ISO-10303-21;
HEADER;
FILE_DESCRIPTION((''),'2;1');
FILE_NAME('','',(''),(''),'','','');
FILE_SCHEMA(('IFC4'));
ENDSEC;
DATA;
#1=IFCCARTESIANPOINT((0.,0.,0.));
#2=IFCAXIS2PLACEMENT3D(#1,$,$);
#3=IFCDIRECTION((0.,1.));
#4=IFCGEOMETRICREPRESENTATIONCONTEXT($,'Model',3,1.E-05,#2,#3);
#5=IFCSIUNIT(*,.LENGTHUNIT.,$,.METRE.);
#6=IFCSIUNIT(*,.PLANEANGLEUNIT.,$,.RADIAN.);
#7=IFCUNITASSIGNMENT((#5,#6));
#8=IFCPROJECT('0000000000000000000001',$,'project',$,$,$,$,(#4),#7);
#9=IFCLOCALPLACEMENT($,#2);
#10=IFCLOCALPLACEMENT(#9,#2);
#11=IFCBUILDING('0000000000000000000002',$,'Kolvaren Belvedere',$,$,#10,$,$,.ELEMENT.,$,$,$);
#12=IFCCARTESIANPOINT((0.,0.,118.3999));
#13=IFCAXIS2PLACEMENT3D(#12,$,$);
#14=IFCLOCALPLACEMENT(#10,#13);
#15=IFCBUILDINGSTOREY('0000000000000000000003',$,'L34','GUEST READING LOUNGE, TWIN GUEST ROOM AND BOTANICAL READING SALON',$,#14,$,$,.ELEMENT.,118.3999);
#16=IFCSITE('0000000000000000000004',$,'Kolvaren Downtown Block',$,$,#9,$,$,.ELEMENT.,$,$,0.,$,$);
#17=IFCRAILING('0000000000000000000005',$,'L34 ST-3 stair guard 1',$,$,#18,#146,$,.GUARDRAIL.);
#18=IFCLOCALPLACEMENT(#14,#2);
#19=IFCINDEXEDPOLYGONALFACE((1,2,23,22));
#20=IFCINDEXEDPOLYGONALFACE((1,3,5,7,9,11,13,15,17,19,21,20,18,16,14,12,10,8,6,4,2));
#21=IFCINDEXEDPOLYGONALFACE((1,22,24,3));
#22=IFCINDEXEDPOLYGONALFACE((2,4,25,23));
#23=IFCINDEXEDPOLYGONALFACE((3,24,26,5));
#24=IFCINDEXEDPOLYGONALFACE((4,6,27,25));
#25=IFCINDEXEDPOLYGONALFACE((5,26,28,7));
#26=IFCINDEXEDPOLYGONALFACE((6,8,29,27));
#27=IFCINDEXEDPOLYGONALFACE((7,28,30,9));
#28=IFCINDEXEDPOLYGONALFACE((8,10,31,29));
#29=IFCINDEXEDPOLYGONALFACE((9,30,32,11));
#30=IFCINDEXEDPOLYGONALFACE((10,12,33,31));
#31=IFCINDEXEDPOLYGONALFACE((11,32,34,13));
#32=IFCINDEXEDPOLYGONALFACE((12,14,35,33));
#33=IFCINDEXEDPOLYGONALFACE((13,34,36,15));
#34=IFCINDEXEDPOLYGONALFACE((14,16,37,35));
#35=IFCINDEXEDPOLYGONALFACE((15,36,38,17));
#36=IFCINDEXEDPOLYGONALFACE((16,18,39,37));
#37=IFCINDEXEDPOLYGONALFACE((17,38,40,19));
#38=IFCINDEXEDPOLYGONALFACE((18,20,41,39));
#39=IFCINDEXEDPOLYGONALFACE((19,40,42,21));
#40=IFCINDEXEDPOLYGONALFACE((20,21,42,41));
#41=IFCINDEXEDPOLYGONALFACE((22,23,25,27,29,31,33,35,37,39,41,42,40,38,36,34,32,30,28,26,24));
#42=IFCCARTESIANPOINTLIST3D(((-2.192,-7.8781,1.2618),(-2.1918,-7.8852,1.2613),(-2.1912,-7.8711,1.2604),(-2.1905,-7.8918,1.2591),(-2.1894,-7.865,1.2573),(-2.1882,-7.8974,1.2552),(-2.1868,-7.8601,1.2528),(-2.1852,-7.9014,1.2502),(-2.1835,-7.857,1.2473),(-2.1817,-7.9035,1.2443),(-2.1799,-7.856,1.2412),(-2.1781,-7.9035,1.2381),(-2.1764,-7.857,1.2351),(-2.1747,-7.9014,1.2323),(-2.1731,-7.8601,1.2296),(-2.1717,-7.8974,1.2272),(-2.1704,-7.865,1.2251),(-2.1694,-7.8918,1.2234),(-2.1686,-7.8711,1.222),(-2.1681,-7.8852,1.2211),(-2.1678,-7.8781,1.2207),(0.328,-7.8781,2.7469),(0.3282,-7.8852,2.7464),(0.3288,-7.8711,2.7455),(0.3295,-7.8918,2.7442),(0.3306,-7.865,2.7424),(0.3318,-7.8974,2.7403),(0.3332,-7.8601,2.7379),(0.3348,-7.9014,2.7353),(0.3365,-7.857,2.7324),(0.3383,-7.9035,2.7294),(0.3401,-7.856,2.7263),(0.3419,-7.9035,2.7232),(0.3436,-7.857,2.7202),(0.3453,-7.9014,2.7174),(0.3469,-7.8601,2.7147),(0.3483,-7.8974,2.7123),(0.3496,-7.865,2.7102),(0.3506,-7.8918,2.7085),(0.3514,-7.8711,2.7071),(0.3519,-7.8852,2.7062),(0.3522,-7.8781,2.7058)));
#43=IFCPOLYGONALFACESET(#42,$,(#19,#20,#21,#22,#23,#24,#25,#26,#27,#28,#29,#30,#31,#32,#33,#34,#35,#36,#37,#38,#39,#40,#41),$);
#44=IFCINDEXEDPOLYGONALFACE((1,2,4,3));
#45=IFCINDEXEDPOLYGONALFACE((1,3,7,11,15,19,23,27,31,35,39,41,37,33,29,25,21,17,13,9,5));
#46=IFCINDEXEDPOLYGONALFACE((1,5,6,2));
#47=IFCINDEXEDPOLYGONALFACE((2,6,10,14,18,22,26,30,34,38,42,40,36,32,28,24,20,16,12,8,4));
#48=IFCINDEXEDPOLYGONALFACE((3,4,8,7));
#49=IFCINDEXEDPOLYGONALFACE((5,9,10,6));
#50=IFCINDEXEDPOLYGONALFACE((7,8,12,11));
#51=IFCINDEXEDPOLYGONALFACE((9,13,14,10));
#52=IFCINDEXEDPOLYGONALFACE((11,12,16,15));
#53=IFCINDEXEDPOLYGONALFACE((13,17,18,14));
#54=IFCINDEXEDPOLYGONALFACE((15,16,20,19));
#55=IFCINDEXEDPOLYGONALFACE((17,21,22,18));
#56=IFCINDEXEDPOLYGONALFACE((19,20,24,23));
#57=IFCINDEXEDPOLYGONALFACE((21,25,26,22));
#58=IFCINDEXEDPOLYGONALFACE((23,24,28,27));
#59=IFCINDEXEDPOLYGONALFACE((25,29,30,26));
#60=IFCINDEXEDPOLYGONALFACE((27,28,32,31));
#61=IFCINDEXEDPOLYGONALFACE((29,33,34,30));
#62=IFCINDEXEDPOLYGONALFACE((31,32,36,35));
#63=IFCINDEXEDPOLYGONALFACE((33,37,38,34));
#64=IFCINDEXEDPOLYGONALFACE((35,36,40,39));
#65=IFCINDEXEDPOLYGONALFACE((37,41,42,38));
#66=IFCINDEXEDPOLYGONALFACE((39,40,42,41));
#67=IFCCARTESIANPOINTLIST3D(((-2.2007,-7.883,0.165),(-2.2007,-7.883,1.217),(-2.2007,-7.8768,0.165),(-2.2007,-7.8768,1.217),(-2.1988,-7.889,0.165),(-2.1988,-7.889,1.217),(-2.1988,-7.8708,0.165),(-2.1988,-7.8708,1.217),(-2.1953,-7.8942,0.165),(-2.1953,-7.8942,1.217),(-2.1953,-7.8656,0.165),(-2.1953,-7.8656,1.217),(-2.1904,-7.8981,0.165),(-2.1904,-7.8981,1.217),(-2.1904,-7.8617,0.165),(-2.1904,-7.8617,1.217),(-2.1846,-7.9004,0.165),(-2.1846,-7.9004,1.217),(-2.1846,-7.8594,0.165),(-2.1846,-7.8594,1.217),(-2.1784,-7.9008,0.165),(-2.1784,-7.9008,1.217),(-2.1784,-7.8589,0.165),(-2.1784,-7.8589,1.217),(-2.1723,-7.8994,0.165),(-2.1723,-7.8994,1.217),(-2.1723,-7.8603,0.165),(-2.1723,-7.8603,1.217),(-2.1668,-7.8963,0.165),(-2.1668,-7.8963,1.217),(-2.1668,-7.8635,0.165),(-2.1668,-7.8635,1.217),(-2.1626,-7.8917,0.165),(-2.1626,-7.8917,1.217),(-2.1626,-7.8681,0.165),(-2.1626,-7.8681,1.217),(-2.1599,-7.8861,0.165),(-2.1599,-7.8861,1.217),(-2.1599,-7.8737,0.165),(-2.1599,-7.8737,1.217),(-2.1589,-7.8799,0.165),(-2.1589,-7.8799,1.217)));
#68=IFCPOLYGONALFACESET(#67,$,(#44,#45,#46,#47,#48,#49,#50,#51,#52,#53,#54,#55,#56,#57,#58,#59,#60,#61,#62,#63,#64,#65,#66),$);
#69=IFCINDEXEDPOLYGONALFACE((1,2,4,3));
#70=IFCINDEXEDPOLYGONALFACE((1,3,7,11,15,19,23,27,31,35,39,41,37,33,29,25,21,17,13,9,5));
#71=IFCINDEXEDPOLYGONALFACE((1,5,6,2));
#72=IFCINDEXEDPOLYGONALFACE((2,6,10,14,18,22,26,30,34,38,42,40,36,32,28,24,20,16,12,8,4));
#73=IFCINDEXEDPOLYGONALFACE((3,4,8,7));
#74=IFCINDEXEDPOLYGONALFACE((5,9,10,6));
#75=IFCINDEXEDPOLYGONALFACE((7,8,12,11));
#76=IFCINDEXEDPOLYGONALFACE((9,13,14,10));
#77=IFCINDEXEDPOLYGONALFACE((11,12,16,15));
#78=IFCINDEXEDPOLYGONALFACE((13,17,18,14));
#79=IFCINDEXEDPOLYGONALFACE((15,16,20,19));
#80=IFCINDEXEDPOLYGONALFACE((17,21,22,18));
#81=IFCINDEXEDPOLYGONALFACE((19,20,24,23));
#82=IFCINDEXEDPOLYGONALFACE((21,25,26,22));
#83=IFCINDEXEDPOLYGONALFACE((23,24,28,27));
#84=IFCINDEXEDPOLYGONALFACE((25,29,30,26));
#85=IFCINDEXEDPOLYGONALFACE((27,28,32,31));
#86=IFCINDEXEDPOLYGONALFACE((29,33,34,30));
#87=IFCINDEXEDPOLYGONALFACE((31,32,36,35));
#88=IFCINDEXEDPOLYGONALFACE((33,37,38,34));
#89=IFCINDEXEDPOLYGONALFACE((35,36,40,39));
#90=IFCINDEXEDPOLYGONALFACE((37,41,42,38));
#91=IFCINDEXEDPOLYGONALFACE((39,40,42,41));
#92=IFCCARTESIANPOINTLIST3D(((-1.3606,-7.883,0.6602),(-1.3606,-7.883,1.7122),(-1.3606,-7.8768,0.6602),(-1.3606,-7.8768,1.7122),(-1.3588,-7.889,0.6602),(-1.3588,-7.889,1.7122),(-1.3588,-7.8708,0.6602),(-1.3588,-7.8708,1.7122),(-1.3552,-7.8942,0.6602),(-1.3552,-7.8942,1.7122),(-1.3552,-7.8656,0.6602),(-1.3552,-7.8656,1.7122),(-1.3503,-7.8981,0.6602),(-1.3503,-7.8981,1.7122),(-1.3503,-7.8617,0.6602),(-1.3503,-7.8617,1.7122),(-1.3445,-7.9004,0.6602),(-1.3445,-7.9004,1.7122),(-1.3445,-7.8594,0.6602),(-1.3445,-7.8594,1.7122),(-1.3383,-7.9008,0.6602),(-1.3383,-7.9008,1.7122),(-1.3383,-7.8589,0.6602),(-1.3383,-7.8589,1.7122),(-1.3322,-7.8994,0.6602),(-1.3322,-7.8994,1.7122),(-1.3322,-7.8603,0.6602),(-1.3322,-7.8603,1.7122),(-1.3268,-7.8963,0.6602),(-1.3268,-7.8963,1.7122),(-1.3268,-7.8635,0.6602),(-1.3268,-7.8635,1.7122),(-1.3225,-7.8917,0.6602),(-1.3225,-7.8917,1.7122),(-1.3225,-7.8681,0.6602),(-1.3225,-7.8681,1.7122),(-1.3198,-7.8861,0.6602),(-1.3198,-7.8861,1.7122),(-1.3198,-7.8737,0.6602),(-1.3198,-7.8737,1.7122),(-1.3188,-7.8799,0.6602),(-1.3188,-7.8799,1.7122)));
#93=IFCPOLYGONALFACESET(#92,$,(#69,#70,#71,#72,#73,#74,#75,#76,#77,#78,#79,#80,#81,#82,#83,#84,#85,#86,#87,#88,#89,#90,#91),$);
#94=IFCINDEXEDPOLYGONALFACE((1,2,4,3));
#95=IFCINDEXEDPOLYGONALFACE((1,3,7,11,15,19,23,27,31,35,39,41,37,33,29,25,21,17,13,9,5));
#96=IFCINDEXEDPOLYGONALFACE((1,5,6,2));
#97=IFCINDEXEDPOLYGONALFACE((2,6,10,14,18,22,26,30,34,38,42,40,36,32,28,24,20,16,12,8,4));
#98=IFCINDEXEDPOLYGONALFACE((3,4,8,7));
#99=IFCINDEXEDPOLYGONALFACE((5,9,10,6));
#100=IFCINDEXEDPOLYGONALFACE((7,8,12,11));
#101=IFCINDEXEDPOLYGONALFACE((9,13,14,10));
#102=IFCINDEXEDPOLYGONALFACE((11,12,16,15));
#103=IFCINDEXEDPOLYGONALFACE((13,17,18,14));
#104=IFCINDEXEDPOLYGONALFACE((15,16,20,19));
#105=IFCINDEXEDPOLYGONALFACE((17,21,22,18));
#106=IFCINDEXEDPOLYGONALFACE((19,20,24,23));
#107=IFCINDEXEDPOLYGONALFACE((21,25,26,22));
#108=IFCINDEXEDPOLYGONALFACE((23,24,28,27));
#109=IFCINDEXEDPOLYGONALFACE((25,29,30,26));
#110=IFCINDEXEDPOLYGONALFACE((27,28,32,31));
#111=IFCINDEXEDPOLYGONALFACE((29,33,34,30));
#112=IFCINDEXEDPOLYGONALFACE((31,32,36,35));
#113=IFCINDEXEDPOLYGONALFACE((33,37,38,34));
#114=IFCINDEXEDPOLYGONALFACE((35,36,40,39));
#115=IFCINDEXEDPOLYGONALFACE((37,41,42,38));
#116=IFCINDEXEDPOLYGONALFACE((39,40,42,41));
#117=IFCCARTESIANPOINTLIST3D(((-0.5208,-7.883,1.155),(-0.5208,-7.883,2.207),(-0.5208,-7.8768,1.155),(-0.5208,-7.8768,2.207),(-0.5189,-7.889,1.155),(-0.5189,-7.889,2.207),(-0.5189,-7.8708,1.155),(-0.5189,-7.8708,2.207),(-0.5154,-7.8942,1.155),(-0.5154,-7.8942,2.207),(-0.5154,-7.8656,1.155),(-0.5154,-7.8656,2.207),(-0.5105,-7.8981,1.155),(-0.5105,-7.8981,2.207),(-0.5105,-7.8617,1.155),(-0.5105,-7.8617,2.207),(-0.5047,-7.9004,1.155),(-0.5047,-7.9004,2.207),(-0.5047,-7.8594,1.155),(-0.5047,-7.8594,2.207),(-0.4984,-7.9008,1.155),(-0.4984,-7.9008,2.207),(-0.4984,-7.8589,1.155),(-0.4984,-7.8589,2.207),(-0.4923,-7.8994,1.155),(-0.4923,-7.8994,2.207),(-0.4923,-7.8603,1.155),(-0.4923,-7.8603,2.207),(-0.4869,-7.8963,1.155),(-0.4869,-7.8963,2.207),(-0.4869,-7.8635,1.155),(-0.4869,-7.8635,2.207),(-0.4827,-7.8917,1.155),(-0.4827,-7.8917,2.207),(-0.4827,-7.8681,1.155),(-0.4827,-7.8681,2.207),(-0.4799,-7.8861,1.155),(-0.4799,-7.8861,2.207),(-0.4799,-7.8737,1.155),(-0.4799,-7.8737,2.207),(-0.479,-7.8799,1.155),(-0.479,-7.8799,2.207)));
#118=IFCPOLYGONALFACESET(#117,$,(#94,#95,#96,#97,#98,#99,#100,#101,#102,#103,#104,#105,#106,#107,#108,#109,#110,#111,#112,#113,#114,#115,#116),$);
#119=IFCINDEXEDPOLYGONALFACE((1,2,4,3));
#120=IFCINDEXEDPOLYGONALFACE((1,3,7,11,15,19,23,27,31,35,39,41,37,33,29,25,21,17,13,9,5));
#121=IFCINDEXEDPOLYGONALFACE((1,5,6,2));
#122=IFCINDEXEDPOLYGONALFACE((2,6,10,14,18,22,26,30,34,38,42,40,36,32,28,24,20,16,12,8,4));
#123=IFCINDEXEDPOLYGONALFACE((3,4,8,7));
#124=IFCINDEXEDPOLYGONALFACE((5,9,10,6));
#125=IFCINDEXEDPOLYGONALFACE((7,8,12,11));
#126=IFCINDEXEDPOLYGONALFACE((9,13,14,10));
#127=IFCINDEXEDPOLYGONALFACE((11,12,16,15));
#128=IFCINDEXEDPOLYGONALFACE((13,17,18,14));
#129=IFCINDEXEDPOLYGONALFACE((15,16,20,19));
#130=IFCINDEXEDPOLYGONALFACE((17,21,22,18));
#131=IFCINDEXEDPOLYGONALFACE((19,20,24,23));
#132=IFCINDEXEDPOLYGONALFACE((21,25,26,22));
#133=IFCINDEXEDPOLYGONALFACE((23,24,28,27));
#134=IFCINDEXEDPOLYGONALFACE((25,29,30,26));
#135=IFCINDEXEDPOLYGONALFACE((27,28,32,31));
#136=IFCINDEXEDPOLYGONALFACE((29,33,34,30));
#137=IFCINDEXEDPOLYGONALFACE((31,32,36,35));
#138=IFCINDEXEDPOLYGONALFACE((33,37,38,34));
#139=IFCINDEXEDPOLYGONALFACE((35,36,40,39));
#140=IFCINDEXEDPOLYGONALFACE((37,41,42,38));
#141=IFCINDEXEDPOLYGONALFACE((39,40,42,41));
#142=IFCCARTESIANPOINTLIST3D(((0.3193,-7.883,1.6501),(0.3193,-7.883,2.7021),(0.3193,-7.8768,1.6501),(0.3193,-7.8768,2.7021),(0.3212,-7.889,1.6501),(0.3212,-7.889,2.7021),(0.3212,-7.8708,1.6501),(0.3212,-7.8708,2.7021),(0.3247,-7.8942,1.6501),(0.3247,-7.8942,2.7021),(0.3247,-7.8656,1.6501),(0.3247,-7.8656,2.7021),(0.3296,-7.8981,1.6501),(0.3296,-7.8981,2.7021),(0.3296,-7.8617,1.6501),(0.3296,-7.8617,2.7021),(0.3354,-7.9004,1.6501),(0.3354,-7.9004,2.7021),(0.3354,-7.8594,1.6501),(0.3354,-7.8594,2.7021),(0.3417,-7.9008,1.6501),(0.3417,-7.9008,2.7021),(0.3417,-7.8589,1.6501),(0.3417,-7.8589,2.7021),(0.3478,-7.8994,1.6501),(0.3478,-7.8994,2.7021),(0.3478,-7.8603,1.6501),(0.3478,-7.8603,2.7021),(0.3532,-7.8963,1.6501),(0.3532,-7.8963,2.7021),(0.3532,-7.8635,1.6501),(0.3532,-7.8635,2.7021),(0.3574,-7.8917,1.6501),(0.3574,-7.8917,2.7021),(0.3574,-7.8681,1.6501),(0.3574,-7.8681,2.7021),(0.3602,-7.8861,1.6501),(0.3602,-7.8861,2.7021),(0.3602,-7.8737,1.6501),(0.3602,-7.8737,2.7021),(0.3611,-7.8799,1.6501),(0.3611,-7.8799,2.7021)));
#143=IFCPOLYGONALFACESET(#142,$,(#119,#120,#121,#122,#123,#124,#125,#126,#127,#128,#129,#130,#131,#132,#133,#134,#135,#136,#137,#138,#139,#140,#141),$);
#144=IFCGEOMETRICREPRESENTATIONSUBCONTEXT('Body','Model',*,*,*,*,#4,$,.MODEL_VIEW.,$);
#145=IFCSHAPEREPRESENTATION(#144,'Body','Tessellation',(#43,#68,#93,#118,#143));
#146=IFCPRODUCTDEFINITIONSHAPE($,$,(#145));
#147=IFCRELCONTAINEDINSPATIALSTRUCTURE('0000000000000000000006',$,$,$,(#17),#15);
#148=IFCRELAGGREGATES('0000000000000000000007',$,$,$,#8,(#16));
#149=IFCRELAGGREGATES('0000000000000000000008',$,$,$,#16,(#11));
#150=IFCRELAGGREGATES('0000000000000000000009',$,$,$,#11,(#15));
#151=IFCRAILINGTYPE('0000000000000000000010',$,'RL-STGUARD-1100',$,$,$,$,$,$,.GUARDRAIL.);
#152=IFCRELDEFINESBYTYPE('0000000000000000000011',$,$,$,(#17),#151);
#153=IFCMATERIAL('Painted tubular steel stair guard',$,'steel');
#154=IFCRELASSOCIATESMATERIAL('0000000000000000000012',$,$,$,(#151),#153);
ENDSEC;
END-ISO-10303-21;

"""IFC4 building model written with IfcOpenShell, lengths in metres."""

from ifc_helpers import new_model, si_unit, direction, frame, origin, origin_2d, place, context, subcontext, project, spatial, circle, extrude, material, type_object, element, save


model = new_model("IFC4")

# Units and contexts
model_context = context("Model", 3, precision=1e-05, world=origin(), true_north=direction((0.0, 1.0)))
body_context = subcontext(model_context, "Body", "Model", "MODEL_VIEW")
ifc_project = project(units=[si_unit("LENGTHUNIT", "METRE"), si_unit("PLANEANGLEUNIT", "RADIAN")], contexts=[model_context])

# Site, building, storey
site_placement = place(None, origin())
site = spatial("IfcSite", under=ifc_project, at=site_placement, Name="Kolvaren Downtown Block", CompositionType="ELEMENT", RefElevation=0.0)
building_placement = place(site_placement, origin())
building = spatial("IfcBuilding", under=site, at=building_placement, Name="Kolvaren Belvedere", CompositionType="ELEMENT")
storey_placement = place(building_placement, frame((0.0, 0.0, 118.3999)))
storey = spatial("IfcBuildingStorey", under=building, at=storey_placement, Name="L34", Description="GUEST READING LOUNGE, TWIN GUEST ROOM AND BOTANICAL READING SALON", CompositionType="ELEMENT", Elevation=118.3999)

# Railing
ifc_material_1 = material(Name="Painted tubular steel stair guard", Category="steel")
railing_type_1 = type_object("IfcRailingType", Name="RL-STGUARD-1100", PredefinedType="GUARDRAIL", material=ifc_material_1)
railing_1_placement = place(storey_placement, frame((-2.1799, -7.8799, 0.165)))
element("IfcRailing", 1, at=railing_1_placement, inside=storey, type_object=railing_type_1, Name="L34 ST-3 stair guard 1", PredefinedType="GUARDRAIL", context=body_context, shape_type="SweptSolid", body=[
    extrude(circle(Radius=0.0239, at=origin_2d()), frame((0.0, 0.0, 1.0762), z_axis=(0.861524, 0.0, 0.507717), x_axis=(0.0, 1.0, 0.0)), (0.0, 0.0, 1.0), 2.925),
    extrude(circle(Radius=0.021, at=origin_2d()), origin(), (0.0, 0.0, 1.0), 1.052),
    extrude(circle(Radius=0.021, at=origin_2d()), frame((0.8401, 0.0, 0.4951)), (0.0, 0.0, 1.0), 1.052),
    extrude(circle(Radius=0.021, at=origin_2d()), frame((1.6799, 0.0, 0.99)), (0.0, 0.0, 1.0), 1.052),
    extrude(circle(Radius=0.021, at=origin_2d()), frame((2.52, 0.0, 1.4851)), (0.0, 0.0, 1.0), 1.052),
])

save(model, "model.ifc")
